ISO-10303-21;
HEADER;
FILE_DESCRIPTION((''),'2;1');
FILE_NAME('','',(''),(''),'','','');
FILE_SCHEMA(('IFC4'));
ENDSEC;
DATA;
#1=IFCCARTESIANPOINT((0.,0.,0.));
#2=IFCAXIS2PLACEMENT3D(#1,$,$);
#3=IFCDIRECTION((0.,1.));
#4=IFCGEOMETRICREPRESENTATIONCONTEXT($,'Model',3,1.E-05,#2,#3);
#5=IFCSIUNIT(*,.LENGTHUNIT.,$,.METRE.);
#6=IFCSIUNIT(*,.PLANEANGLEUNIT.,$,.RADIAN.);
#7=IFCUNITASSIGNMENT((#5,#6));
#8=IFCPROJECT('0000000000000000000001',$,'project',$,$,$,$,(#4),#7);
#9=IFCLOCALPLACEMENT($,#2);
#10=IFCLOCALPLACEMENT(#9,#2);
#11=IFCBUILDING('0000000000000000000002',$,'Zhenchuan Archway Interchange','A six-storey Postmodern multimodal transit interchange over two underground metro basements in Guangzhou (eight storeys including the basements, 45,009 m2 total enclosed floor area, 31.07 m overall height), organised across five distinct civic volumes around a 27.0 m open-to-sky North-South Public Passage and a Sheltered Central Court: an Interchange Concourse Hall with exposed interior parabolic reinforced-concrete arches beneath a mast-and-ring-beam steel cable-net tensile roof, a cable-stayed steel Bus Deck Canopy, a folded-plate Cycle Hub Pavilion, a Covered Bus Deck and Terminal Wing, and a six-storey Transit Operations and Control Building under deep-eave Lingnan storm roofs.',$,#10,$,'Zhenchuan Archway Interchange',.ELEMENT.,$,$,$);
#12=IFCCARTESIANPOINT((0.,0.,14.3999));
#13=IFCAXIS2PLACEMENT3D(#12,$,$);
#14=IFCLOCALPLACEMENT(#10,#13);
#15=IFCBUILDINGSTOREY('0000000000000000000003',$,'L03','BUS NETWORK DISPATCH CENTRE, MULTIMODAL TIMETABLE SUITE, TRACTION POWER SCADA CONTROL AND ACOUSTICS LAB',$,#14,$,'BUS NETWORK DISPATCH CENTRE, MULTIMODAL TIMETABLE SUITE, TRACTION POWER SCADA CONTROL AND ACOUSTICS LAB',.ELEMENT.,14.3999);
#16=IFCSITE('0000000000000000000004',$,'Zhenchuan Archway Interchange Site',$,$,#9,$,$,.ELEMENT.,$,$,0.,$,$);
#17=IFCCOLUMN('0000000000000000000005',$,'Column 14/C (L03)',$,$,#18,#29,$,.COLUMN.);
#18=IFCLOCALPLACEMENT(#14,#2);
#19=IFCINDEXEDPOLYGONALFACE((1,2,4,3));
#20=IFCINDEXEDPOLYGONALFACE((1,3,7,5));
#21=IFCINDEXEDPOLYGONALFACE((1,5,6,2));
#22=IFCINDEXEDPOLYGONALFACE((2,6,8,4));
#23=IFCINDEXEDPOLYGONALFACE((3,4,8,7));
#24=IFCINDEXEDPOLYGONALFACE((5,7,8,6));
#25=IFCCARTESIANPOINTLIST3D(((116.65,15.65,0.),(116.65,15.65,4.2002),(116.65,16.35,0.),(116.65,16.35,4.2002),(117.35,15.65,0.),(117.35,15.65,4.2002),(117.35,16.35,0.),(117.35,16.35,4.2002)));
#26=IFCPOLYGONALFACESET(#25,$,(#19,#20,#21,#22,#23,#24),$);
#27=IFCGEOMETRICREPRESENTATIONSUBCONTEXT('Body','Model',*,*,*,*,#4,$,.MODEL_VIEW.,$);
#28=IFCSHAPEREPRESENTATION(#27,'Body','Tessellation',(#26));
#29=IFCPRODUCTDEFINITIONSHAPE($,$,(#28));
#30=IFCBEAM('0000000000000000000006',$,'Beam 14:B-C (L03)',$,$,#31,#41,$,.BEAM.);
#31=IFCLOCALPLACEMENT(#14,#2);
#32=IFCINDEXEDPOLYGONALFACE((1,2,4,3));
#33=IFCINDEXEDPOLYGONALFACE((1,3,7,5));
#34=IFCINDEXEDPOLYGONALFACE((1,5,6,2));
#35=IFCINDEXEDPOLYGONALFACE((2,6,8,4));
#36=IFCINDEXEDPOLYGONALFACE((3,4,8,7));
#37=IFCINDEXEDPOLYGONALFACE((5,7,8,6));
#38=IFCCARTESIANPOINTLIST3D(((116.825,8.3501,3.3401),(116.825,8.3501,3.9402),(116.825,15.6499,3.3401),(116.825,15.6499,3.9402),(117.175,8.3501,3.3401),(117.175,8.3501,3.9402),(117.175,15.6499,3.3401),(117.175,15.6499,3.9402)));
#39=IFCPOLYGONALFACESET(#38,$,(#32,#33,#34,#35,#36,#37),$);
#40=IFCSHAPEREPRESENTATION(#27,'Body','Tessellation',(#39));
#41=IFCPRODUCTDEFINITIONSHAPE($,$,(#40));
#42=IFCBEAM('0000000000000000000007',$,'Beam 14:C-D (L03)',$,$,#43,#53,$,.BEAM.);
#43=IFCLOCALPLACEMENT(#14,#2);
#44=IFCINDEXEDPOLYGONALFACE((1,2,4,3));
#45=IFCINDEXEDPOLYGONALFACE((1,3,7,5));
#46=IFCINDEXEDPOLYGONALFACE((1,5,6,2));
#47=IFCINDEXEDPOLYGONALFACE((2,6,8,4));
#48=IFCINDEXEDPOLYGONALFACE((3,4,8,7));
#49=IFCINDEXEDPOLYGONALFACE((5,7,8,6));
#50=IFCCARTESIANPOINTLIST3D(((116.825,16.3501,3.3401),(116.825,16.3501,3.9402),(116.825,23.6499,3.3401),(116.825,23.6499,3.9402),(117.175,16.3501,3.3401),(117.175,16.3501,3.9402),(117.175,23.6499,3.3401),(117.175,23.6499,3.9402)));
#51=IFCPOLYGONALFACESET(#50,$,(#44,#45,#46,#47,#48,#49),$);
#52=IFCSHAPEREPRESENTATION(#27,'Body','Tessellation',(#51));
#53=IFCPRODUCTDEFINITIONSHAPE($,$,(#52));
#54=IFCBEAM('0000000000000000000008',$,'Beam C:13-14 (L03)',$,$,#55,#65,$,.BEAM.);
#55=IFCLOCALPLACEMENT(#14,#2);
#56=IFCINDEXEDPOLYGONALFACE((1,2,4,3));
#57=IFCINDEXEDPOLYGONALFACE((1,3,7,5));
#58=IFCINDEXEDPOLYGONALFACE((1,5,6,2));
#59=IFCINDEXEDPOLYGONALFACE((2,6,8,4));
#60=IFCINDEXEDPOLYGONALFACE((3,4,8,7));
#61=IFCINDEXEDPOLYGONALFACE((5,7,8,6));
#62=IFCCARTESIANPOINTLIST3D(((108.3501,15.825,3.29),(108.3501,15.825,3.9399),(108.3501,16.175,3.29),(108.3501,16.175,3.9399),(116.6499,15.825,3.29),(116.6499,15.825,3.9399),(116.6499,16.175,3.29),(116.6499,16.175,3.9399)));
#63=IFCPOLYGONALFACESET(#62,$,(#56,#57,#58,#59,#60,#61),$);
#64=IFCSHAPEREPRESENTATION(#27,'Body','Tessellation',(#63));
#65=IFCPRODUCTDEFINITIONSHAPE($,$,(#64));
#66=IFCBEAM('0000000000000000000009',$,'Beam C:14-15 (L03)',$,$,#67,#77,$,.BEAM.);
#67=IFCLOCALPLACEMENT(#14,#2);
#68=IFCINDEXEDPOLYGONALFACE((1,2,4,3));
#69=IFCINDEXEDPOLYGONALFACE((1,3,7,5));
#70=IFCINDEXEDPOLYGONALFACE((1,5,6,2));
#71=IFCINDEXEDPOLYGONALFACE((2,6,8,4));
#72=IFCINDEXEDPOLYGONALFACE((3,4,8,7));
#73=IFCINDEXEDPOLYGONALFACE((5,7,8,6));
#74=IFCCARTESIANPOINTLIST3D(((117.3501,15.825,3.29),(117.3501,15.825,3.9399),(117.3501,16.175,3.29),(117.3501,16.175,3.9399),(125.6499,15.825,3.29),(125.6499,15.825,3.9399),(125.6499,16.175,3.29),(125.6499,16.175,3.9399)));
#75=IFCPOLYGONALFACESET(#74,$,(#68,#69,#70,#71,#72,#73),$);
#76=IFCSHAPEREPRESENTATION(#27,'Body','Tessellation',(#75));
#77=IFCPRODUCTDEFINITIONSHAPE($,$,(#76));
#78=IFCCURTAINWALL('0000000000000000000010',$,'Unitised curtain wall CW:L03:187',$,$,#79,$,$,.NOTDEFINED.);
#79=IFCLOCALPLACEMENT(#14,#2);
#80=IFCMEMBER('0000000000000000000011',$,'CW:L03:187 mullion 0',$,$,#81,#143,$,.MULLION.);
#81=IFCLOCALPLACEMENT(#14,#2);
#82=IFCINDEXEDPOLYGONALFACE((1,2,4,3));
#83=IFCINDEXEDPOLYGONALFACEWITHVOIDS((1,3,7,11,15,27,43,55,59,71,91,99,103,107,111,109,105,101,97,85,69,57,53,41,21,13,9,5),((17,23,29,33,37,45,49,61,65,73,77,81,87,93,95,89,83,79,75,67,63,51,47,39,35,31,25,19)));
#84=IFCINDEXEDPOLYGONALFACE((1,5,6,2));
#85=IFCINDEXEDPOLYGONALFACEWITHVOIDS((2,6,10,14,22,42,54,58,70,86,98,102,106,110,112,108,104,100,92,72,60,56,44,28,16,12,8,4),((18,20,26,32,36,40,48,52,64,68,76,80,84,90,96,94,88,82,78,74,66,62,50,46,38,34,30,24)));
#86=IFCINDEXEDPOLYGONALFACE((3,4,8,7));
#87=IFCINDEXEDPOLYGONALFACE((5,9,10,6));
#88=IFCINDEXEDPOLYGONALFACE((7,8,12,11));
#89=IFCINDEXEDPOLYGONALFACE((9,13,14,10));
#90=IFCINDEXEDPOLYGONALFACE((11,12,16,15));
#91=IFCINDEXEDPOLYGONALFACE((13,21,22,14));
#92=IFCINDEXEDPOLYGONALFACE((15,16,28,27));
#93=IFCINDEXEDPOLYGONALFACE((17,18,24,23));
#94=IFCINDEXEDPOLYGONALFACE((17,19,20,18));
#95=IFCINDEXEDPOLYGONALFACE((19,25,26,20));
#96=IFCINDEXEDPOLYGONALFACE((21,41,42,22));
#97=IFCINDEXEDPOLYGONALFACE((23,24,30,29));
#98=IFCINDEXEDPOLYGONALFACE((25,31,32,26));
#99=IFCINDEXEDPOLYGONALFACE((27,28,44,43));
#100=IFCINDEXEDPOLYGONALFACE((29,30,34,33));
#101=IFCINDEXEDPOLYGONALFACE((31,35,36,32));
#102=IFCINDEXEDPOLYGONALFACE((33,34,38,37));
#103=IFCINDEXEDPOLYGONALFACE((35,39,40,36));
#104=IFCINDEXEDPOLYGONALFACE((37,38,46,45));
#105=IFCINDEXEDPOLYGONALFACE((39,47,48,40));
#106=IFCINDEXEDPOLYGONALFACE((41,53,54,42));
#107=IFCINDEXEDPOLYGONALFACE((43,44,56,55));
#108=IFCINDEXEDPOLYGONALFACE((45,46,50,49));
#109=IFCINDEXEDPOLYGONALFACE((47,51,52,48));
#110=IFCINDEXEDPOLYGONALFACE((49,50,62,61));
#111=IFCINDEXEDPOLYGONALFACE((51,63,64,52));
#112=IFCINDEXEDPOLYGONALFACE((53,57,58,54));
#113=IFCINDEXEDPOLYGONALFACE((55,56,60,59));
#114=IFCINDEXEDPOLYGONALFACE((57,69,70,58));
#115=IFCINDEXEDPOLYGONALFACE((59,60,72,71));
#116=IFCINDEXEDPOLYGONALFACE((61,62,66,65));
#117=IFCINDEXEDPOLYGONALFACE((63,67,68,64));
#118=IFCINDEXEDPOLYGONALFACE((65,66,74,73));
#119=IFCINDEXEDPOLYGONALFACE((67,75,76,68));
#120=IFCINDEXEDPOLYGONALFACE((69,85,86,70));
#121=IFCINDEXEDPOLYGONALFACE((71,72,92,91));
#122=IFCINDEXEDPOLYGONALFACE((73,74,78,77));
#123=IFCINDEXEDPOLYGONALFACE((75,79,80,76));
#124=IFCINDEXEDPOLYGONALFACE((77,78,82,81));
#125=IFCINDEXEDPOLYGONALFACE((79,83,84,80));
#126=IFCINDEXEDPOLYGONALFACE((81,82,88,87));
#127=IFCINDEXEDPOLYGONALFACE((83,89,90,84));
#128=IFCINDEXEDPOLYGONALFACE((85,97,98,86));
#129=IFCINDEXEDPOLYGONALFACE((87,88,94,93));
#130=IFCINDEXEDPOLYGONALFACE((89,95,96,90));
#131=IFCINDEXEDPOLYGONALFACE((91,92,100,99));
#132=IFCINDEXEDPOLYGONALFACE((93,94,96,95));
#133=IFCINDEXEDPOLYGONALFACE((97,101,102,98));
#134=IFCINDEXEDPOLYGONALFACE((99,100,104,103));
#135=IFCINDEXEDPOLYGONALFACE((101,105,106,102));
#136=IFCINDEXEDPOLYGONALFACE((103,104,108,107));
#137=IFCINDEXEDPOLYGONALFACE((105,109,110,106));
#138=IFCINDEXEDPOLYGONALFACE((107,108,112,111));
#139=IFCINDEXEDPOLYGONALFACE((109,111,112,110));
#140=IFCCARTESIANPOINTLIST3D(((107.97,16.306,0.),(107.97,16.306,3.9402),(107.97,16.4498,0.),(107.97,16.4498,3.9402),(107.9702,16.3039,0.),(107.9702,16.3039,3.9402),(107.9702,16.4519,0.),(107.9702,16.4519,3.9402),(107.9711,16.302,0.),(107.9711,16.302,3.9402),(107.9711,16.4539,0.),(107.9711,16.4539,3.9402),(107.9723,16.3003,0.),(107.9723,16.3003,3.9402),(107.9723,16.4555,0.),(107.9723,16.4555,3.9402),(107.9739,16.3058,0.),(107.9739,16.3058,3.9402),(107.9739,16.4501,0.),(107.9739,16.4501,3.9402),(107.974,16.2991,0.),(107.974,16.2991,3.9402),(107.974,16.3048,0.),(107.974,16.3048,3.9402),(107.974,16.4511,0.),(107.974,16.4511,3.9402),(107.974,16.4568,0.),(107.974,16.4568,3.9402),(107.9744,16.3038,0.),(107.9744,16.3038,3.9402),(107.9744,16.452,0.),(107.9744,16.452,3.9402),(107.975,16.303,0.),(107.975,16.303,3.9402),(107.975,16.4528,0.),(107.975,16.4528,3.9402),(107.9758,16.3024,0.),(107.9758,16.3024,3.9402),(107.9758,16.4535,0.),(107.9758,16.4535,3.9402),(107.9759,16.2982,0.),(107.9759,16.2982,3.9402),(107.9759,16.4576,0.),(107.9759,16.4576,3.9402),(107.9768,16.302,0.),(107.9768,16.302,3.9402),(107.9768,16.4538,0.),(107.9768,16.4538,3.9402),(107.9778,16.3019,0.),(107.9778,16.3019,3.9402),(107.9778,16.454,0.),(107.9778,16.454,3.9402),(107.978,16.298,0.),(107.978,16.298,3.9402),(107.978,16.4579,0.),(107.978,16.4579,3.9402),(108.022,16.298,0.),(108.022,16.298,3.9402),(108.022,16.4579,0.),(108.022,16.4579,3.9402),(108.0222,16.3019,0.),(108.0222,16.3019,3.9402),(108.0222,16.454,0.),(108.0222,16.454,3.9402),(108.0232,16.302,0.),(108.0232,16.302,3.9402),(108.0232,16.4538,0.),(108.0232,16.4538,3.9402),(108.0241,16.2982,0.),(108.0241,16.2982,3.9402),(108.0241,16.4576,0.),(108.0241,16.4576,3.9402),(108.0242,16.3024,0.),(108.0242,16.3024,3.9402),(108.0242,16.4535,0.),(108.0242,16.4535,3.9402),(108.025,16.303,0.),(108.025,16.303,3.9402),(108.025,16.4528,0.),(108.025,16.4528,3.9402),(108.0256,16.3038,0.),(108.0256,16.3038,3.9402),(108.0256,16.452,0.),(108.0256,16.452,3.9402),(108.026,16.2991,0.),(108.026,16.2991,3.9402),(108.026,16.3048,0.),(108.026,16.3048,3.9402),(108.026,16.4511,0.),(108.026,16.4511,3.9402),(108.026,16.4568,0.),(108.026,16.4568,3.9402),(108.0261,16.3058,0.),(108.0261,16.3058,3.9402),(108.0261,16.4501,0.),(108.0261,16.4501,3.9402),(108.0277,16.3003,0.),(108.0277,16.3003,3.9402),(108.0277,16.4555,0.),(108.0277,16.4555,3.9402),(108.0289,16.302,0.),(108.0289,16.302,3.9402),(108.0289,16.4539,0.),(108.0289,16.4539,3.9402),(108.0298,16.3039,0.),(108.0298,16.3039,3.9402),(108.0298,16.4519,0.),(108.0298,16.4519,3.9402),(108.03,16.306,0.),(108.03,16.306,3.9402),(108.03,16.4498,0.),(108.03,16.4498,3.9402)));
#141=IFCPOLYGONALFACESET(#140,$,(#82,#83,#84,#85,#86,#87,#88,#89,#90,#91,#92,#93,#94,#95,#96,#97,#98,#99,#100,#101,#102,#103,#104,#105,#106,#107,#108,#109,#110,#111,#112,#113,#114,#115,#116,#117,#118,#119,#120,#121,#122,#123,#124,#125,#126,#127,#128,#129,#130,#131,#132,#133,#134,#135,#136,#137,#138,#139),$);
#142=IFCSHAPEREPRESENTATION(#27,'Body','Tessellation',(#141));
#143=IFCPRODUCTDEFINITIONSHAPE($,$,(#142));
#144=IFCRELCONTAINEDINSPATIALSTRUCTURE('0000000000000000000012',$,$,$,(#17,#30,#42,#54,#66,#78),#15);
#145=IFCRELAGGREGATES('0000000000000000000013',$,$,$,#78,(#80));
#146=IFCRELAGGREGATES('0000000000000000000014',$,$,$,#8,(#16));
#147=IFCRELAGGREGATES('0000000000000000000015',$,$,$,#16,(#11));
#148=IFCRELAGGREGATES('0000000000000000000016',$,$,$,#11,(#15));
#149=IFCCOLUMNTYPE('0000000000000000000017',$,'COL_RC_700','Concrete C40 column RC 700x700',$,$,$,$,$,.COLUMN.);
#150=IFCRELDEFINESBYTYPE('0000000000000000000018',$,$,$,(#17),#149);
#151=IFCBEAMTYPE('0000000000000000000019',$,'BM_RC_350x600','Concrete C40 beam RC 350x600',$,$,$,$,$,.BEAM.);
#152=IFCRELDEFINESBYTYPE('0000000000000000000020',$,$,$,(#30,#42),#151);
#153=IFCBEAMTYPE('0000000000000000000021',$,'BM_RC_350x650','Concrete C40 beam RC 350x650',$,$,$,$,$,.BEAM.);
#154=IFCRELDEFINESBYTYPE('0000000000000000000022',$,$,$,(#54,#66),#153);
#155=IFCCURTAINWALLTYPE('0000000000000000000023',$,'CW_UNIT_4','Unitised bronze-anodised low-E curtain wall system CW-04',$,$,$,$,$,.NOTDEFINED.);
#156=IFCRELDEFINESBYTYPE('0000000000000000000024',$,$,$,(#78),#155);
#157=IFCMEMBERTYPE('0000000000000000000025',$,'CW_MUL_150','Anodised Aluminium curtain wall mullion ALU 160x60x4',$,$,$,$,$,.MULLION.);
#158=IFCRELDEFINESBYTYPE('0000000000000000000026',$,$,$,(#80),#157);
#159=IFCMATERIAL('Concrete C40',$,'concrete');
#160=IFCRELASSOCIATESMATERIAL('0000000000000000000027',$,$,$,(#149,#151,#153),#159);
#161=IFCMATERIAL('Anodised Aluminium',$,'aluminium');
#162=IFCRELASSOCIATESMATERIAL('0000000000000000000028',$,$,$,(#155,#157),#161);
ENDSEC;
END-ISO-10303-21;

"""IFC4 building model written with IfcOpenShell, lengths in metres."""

from ifc_helpers import new_model, si_unit, direction, frame, origin, origin_2d, place, context, subcontext, project, spatial, rectangle, hollow_rectangle, extrude, material, material_profile, profile_set, type_object, element, aggregate, save


model = new_model("IFC4")

# Units and contexts
model_context = context("Model", 3, precision=1e-05, world=origin(), true_north=direction((0.0, 1.0)))
body_context = subcontext(model_context, "Body", "Model", "MODEL_VIEW")
ifc_project = project(units=[si_unit("LENGTHUNIT", "METRE"), si_unit("PLANEANGLEUNIT", "RADIAN")], contexts=[model_context])

# Site, building, storey
site_placement = place(None, origin())
site = spatial("IfcSite", under=ifc_project, at=site_placement, Name="Zhenchuan Archway Interchange Site", CompositionType="ELEMENT", RefElevation=0.0)
building_placement = place(site_placement, origin())
building = spatial("IfcBuilding", under=site, at=building_placement, Name="Zhenchuan Archway Interchange", Description="A six-storey Postmodern multimodal transit interchange over two underground metro basements in Guangzhou (eight storeys including the basements, 45,009 m2 total enclosed floor area, 31.07 m overall height), organised across five distinct civic volumes around a 27.0 m open-to-sky North-South Public Passage and a Sheltered Central Court: an Interchange Concourse Hall with exposed interior parabolic reinforced-concrete arches beneath a mast-and-ring-beam steel cable-net tensile roof, a cable-stayed steel Bus Deck Canopy, a folded-plate Cycle Hub Pavilion, a Covered Bus Deck and Terminal Wing, and a six-storey Transit Operations and Control Building under deep-eave Lingnan storm roofs.", LongName="Zhenchuan Archway Interchange", CompositionType="ELEMENT")
storey_placement = place(building_placement, frame((0.0, 0.0, 14.3999)))
storey = spatial("IfcBuildingStorey", under=building, at=storey_placement, Name="L03", Description="BUS NETWORK DISPATCH CENTRE, MULTIMODAL TIMETABLE SUITE, TRACTION POWER SCADA CONTROL AND ACOUSTICS LAB", LongName="BUS NETWORK DISPATCH CENTRE, MULTIMODAL TIMETABLE SUITE, TRACTION POWER SCADA CONTROL AND ACOUSTICS LAB", CompositionType="ELEMENT", Elevation=14.3999)

# Column
ifc_material_1 = material(Name="Concrete C40", Category="concrete")
ifc_material_profile_1 = material_profile(ifc_material_1, rectangle(XDim=0.7, YDim=0.7, at=origin_2d()), Name="RC 700x700")
ifc_profile_set_1 = profile_set([ifc_material_profile_1], Name="Concrete C40")
column_type = type_object("IfcColumnType", Name="COL_RC_700", Description="Concrete C40 column RC 700x700", PredefinedType="COLUMN", material=ifc_profile_set_1)
column_placement = place(storey_placement, frame((117.0, 16.0, 0.0), z_axis=(0.0, 0.0, 1.0), x_axis=(1.0, 0.0, 0.0)))
element("IfcColumn", 1, at=column_placement, inside=storey, type_object=column_type, Name="Column 14/C (L03)", PredefinedType="COLUMN", context=body_context, shape_type="SweptSolid", body=[
    extrude(rectangle(XDim=0.7, YDim=0.7, at=origin_2d()), origin(), (0.0, 0.0, 1.0), 4.2002),
])

# Beams
ifc_material_profile_2 = material_profile(ifc_material_1, rectangle(XDim=0.3501, YDim=0.6001, at=origin_2d()), Name="RC 350x600")
ifc_profile_set_2 = profile_set([ifc_material_profile_2], Name="Concrete C40")
beam_type_1 = type_object("IfcBeamType", Name="BM_RC_350x600", Description="Concrete C40 beam RC 350x600", PredefinedType="BEAM", material=ifc_profile_set_2)
for number, where, z_axis, x_axis, name in (
    (2, (117.0, 8.3501, 3.6401), (0.0, 1.0, 0.0), (-1.0, 0.0, 0.0), "Beam 14:B-C (L03)"),
    (3, (117.0, 16.3501, 3.6401), (0.0, 1.0, 0.0), (-1.0, 0.0, 0.0), "Beam 14:C-D (L03)"),
):
    element("IfcBeam", number, at=place(storey_placement, frame(where, z_axis=z_axis, x_axis=x_axis)), inside=storey, type_object=beam_type_1, Name=name, PredefinedType="BEAM", context=body_context, shape_type="SweptSolid", body=[
        extrude(rectangle(XDim=0.3501, YDim=0.6001, at=origin_2d()), origin(), (0.0, 0.0, 1.0), 7.2998),
    ])
ifc_material_profile_3 = material_profile(ifc_material_1, rectangle(XDim=0.3501, YDim=0.6499, at=origin_2d()), Name="RC 350x650")
ifc_profile_set_3 = profile_set([ifc_material_profile_3], Name="Concrete C40")
beam_type_2 = type_object("IfcBeamType", Name="BM_RC_350x650", Description="Concrete C40 beam RC 350x650", PredefinedType="BEAM", material=ifc_profile_set_3)
for number, where, z_axis, x_axis, name in (
    (4, (108.3501, 16.0, 3.615), (1.0, 0.0, 0.0), (0.0, 1.0, 0.0), "Beam C:13-14 (L03)"),
    (5, (117.3501, 16.0, 3.615), (1.0, 0.0, 0.0), (0.0, 1.0, 0.0), "Beam C:14-15 (L03)"),
):
    element("IfcBeam", number, at=place(storey_placement, frame(where, z_axis=z_axis, x_axis=x_axis)), inside=storey, type_object=beam_type_2, Name=name, PredefinedType="BEAM", context=body_context, shape_type="SweptSolid", body=[
        extrude(rectangle(XDim=0.3501, YDim=0.6499, at=origin_2d()), origin(), (0.0, 0.0, 1.0), 8.2998),
    ])

# Curtain wall, member
ifc_material_2 = material(Name="Anodised Aluminium", Category="aluminium")
curtain_wall_type = type_object("IfcCurtainWallType", Name="CW_UNIT_4", Description="Unitised bronze-anodised low-E curtain wall system CW-04", PredefinedType="NOTDEFINED", material=ifc_material_2)
curtain_wall_placement = place(storey_placement, origin())
curtain_wall = element("IfcCurtainWall", 6, at=curtain_wall_placement, inside=storey, type_object=curtain_wall_type, Name="Unitised curtain wall CW:L03:187", PredefinedType="NOTDEFINED")
ifc_material_profile_4 = material_profile(ifc_material_2, hollow_rectangle(XDim=0.0601, YDim=0.1599, WallThickness=0.0039, InnerFilletRadius=0.0039, OuterFilletRadius=0.0081, at=origin_2d()), Name="ALU 160x60x4")
ifc_profile_set_4 = profile_set([ifc_material_profile_4], Name="Anodised Aluminium")
member_type_1 = type_object("IfcMemberType", Name="CW_MUL_150", Description="Anodised Aluminium curtain wall mullion ALU 160x60x4", PredefinedType="MULLION", material=ifc_profile_set_4)
member_1_placement = place(storey_placement, frame((108.0, 16.3779, 0.0), z_axis=(0.0, 0.0, 1.0), x_axis=(1.0, 0.0, 0.0)))
member_1 = element("IfcMember", 7, at=member_1_placement, type_object=member_type_1, Name="CW:L03:187 mullion 0", PredefinedType="MULLION", context=body_context, shape_type="SweptSolid", body=[
    extrude(hollow_rectangle(XDim=0.0601, YDim=0.1599, WallThickness=0.0039, InnerFilletRadius=0.0039, OuterFilletRadius=0.0081, at=origin_2d()), origin(), (0.0, 0.0, 1.0), 3.9402),
])

aggregate(curtain_wall, [member_1])

save(model, "model.ifc")
